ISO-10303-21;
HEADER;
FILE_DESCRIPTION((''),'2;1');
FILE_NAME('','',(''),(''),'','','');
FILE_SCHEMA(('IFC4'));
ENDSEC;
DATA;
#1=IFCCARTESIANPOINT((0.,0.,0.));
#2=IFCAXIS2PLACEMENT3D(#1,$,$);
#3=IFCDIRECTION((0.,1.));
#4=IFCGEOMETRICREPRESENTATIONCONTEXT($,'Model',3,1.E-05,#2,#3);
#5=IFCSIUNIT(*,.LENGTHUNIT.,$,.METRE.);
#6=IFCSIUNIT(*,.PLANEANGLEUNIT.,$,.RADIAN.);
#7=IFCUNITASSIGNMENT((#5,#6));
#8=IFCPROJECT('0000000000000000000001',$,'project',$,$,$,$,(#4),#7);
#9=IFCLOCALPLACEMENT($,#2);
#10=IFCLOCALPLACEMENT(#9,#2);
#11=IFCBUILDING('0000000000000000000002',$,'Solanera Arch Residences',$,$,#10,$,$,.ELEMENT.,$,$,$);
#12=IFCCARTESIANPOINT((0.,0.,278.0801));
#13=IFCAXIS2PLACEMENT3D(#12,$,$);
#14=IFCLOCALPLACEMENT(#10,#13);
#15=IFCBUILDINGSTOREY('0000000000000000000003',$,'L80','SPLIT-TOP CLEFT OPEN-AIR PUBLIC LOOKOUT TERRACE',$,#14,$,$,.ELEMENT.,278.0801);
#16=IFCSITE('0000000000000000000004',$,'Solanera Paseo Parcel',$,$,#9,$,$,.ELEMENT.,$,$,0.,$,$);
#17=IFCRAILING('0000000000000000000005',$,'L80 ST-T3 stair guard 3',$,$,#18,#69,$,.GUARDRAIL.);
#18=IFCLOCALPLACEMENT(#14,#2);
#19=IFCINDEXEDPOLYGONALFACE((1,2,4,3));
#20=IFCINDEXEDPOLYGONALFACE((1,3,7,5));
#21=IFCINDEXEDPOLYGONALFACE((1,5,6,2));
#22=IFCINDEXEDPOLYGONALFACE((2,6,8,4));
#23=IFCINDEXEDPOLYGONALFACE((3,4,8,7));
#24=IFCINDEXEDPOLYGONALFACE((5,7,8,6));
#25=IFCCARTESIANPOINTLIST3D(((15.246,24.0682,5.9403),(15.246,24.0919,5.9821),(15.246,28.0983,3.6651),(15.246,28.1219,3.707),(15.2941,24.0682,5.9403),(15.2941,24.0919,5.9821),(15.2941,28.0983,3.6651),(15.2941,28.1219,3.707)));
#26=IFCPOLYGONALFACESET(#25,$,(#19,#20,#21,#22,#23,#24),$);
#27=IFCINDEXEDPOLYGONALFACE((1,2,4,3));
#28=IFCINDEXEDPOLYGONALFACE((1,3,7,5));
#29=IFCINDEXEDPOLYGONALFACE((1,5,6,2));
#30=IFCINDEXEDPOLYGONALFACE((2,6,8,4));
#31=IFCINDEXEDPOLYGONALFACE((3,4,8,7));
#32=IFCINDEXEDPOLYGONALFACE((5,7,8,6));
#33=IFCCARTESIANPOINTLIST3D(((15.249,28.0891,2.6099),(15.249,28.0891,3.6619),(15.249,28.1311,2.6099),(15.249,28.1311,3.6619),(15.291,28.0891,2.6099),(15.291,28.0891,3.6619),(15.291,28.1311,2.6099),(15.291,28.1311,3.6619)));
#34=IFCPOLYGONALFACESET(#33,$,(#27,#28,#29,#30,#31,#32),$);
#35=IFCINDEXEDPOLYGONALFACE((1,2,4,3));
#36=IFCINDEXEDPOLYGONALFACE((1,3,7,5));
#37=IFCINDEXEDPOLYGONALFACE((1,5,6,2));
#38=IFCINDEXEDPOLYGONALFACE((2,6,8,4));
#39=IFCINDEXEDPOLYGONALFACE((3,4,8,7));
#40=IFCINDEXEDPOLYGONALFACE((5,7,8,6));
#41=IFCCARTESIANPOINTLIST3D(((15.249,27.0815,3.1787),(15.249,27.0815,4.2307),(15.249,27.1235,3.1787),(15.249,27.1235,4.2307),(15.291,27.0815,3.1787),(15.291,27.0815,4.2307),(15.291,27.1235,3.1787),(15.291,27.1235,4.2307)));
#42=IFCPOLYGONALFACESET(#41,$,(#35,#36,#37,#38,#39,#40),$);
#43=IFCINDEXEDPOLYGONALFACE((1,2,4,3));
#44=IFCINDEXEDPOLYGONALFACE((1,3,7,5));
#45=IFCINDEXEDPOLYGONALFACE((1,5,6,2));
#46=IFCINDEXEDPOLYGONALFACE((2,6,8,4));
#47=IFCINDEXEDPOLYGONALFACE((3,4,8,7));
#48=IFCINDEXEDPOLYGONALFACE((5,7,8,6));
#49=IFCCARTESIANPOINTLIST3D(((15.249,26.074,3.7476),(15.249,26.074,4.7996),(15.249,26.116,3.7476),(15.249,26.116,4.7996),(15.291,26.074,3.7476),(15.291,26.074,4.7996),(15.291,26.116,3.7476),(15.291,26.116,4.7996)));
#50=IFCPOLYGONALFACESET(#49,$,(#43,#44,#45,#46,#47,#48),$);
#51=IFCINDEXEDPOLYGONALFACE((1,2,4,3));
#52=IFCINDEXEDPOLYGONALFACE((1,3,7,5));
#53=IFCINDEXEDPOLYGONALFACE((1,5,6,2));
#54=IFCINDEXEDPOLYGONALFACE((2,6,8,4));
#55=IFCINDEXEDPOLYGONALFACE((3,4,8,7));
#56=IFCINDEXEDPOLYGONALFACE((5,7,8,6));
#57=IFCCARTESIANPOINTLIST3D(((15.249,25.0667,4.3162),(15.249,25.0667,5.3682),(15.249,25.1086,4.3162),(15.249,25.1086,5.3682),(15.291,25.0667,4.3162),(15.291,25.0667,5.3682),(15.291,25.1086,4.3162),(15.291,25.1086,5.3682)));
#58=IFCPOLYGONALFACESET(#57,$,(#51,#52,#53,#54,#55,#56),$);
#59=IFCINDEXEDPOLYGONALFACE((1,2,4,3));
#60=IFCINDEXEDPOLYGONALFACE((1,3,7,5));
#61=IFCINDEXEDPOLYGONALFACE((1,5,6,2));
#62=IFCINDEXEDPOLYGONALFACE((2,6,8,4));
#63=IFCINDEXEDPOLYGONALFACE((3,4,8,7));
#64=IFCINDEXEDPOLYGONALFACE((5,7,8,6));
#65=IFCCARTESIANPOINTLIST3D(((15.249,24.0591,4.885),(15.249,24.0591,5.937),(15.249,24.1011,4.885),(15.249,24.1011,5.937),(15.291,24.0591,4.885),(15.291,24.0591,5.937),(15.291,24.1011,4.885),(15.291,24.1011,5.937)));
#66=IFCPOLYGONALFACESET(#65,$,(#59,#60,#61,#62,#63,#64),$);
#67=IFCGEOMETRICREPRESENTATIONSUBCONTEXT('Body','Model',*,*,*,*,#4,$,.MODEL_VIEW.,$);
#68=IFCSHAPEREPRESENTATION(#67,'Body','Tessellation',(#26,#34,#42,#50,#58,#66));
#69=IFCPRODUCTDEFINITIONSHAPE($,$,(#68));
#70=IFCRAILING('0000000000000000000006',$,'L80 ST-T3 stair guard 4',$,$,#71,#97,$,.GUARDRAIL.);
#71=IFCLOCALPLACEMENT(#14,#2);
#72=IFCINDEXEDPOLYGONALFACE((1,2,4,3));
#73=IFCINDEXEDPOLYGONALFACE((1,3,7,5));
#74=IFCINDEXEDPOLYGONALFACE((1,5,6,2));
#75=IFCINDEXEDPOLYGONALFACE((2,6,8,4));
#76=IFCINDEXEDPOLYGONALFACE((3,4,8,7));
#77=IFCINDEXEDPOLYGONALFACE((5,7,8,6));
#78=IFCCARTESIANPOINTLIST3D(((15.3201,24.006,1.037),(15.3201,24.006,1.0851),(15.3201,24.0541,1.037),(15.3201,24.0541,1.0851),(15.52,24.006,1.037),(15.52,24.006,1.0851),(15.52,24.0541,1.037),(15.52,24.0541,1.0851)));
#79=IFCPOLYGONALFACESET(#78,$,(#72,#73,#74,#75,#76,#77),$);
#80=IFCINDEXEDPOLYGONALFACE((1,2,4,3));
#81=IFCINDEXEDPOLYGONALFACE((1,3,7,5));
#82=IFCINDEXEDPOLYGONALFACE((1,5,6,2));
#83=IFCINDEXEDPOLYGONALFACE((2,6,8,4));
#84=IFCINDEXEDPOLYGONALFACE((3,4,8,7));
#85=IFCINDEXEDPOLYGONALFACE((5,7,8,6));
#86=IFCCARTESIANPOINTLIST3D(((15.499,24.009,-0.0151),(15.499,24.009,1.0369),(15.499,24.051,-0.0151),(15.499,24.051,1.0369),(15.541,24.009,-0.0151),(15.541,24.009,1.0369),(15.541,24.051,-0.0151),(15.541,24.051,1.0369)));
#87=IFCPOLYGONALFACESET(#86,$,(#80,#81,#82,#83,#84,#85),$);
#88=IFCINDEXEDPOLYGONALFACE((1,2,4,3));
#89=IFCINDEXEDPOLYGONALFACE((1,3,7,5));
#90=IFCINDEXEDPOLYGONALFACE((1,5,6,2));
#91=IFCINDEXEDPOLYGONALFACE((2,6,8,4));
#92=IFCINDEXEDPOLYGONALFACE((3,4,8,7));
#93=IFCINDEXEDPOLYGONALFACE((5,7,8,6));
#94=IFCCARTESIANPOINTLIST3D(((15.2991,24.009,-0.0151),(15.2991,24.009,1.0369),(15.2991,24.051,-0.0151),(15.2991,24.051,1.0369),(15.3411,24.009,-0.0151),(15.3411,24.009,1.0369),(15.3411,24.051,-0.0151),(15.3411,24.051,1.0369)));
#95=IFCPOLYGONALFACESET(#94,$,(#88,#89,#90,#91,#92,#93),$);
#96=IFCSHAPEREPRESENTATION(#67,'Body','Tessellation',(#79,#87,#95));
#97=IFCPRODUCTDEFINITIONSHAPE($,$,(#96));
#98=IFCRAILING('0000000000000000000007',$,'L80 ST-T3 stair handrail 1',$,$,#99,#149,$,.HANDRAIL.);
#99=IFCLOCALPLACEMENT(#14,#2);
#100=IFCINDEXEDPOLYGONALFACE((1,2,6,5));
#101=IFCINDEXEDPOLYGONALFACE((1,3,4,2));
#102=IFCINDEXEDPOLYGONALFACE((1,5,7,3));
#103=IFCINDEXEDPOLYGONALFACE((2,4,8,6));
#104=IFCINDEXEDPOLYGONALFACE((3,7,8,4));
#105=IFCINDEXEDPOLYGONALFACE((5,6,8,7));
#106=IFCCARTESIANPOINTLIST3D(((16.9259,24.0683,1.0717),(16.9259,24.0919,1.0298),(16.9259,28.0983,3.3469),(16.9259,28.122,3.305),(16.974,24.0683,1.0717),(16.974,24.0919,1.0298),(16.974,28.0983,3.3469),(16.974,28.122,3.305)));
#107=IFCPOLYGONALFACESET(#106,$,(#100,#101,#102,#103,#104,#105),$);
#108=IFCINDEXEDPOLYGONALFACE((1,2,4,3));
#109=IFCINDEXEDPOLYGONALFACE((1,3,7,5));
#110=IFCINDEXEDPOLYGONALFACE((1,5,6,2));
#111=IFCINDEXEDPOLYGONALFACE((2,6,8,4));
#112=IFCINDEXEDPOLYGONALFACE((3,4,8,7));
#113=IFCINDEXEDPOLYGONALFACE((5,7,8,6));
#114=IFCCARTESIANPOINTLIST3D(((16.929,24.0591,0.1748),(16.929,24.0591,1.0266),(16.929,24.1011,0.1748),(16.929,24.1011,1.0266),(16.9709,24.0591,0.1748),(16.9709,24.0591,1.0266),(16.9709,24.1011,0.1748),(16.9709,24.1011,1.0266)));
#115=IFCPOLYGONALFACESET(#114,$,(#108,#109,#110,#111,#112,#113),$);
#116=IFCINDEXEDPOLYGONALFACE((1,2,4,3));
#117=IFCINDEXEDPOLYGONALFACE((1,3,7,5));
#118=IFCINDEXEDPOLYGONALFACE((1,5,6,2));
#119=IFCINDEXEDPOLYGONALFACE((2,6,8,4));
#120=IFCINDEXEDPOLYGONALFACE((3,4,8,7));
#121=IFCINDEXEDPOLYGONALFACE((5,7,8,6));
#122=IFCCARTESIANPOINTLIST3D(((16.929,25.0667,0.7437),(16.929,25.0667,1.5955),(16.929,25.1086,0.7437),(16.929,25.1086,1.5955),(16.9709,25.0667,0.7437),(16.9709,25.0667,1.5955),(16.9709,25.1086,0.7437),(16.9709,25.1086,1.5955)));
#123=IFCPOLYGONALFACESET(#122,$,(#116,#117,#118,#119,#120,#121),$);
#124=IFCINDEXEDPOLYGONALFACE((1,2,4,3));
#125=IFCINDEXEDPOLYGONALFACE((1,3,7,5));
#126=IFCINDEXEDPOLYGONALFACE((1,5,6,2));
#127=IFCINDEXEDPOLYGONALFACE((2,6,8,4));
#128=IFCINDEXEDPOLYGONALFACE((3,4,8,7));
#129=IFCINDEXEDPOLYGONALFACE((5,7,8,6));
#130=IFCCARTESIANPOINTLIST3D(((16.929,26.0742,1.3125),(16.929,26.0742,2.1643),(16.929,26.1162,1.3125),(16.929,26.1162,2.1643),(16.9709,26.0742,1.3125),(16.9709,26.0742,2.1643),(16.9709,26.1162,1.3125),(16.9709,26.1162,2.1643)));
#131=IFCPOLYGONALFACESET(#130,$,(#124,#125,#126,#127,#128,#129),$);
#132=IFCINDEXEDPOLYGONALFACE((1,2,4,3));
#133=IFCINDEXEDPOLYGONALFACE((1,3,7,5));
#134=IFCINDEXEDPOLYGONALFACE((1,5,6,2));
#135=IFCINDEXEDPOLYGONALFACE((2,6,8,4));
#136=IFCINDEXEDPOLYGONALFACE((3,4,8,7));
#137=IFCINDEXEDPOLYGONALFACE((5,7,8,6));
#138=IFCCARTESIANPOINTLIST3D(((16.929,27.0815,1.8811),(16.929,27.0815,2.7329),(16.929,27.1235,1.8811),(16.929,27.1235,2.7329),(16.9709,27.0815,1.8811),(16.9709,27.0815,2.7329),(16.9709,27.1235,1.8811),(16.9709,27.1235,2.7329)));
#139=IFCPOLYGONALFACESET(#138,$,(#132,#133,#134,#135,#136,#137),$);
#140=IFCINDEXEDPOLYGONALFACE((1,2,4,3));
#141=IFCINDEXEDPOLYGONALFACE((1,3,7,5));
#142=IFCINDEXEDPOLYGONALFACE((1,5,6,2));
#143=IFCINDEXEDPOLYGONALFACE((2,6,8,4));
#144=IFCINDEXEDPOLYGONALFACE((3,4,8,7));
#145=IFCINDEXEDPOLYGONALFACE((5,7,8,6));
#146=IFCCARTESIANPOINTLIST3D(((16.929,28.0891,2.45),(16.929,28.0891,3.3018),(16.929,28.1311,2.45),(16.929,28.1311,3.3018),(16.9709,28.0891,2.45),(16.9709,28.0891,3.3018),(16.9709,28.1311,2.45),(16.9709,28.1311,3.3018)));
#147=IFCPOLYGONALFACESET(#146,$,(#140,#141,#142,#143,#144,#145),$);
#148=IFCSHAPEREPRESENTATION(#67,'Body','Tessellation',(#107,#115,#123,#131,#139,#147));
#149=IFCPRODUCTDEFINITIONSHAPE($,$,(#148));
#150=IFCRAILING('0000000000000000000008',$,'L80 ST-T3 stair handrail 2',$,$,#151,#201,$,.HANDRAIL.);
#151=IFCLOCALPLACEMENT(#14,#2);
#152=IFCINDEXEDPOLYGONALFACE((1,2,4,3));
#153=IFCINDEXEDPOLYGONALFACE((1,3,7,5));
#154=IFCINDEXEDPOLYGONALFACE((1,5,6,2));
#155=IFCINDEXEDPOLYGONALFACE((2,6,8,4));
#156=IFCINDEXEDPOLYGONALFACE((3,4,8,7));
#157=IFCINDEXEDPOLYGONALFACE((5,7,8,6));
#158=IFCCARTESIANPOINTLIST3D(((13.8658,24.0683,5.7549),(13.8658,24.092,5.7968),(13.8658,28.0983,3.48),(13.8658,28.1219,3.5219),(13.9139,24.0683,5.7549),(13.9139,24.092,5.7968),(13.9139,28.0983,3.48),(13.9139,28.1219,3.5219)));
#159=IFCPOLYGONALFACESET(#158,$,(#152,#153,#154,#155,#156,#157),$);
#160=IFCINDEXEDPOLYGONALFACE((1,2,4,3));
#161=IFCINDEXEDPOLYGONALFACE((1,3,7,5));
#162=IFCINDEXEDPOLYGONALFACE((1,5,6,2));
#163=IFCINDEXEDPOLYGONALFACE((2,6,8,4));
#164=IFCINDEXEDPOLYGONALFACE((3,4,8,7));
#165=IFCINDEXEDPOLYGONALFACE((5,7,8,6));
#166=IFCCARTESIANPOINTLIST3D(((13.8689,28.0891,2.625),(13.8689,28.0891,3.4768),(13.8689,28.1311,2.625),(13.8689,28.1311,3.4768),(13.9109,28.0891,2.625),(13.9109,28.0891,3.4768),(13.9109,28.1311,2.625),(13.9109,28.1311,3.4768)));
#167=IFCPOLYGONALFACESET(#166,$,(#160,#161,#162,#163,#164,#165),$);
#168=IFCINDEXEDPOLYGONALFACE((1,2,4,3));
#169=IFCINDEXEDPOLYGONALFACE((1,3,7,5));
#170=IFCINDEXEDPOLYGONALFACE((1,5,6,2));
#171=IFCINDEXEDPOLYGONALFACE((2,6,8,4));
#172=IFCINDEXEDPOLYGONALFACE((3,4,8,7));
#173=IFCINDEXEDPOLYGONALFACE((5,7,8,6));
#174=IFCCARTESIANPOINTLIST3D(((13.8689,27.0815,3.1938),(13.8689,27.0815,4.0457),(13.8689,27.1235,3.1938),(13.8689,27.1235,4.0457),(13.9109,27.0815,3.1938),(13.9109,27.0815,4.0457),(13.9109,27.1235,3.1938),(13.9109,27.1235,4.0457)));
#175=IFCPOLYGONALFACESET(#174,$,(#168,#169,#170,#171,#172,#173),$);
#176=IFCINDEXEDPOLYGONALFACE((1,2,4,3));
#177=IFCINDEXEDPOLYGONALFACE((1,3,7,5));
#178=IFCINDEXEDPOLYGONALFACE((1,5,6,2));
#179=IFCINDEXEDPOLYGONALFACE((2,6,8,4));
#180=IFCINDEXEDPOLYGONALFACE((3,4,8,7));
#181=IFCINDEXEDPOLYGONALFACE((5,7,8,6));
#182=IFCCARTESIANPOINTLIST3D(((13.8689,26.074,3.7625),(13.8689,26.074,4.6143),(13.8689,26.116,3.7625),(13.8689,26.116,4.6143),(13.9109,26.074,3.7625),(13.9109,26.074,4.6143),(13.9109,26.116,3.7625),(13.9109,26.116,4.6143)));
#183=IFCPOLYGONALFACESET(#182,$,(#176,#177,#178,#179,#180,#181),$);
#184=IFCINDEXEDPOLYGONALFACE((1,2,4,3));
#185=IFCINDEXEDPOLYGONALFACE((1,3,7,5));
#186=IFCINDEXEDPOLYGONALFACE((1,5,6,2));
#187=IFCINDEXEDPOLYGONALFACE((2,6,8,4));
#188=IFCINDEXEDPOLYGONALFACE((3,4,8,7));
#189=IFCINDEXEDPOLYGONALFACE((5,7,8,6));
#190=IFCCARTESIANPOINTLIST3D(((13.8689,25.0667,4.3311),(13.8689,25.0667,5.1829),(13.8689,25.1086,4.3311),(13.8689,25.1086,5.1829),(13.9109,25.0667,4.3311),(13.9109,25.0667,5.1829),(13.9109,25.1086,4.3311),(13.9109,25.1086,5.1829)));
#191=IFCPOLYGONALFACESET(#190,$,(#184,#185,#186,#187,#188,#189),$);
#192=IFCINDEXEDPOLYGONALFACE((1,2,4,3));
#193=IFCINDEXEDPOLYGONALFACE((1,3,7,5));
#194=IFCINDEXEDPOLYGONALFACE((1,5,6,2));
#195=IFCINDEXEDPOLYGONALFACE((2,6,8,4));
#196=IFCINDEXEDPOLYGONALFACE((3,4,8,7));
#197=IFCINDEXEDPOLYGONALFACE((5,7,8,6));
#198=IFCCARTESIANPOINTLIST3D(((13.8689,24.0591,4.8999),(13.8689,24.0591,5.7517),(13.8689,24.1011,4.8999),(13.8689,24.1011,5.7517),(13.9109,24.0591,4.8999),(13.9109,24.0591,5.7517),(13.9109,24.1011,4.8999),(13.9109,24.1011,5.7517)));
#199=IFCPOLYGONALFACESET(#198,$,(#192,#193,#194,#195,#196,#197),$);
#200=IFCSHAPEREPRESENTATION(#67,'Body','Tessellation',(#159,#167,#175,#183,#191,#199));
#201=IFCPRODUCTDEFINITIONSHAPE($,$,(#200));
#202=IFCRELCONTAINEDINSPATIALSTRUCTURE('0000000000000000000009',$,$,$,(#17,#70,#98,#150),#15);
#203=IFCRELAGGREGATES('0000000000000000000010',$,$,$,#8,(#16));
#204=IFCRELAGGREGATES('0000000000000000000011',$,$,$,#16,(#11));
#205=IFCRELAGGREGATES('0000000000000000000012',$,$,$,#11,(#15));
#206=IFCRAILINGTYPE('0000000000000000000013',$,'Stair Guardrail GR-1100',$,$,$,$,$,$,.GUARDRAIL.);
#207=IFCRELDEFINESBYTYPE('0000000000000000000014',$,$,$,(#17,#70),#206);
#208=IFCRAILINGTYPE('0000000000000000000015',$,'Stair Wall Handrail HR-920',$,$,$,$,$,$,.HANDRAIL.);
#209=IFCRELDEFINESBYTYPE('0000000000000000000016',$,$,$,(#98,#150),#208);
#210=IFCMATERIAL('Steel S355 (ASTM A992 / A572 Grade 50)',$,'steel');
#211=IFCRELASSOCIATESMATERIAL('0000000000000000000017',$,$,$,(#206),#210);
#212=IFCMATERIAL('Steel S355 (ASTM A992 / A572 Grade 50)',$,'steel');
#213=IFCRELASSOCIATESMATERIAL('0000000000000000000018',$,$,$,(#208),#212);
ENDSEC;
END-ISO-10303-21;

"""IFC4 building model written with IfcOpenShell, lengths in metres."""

from ifc_helpers import new_model, si_unit, direction, frame, origin, origin_2d, place, context, subcontext, project, spatial, rectangle, extrude, material, type_object, element, save


model = new_model("IFC4")

# Units and contexts
model_context = context("Model", 3, precision=1e-05, world=origin(), true_north=direction((0.0, 1.0)))
body_context = subcontext(model_context, "Body", "Model", "MODEL_VIEW")
ifc_project = project(units=[si_unit("LENGTHUNIT", "METRE"), si_unit("PLANEANGLEUNIT", "RADIAN")], contexts=[model_context])

# Site, building, storey
site_placement = place(None, origin())
site = spatial("IfcSite", under=ifc_project, at=site_placement, Name="Solanera Paseo Parcel", CompositionType="ELEMENT", RefElevation=0.0)
building_placement = place(site_placement, origin())
building = spatial("IfcBuilding", under=site, at=building_placement, Name="Solanera Arch Residences", CompositionType="ELEMENT")
storey_placement = place(building_placement, frame((0.0, 0.0, 278.0801)))
storey = spatial("IfcBuildingStorey", under=building, at=storey_placement, Name="L80", Description="SPLIT-TOP CLEFT OPEN-AIR PUBLIC LOOKOUT TERRACE", CompositionType="ELEMENT", Elevation=278.0801)

# Railings
ifc_material_1 = material(Name="Steel S355 (ASTM A992 / A572 Grade 50)", Category="steel")
railing_type_1 = type_object("IfcRailingType", Name="Stair Guardrail GR-1100", PredefinedType="GUARDRAIL", material=ifc_material_1)
railing_1_placement = place(storey_placement, frame((15.27, 28.1101, 2.6099)))
element("IfcRailing", 1, at=railing_1_placement, inside=storey, type_object=railing_type_1, Name="L80 ST-T3 stair guard 3", PredefinedType="GUARDRAIL", context=body_context, shape_type="SweptSolid", body=[
    extrude(rectangle(XDim=0.0481, YDim=0.0481, at=origin_2d()), frame((0.0, 0.0, 1.0762), z_axis=(0.0, -0.870812, 0.491616), x_axis=(1.0, 0.0, 0.0)), (0.0, 0.0, 1.0), 4.6279),
    extrude(rectangle(XDim=0.042, YDim=0.042, at=origin_2d()), origin(), (0.0, 0.0, 1.0), 1.052),
    extrude(rectangle(XDim=0.042, YDim=0.042, at=origin_2d()), frame((0.0, -1.0076, 0.5688)), (0.0, 0.0, 1.0), 1.052),
    extrude(rectangle(XDim=0.042, YDim=0.042, at=origin_2d()), frame((0.0, -2.0151, 1.1377)), (0.0, 0.0, 1.0), 1.052),
    extrude(rectangle(XDim=0.042, YDim=0.042, at=origin_2d()), frame((0.0, -3.0225, 1.7063)), (0.0, 0.0, 1.0), 1.052),
    extrude(rectangle(XDim=0.042, YDim=0.042, at=origin_2d()), frame((0.0, -4.03, 2.2751)), (0.0, 0.0, 1.0), 1.052),
])
railing_2_placement = place(storey_placement, frame((15.52, 24.03, -0.0151)))
element("IfcRailing", 2, at=railing_2_placement, inside=storey, type_object=railing_type_1, Name="L80 ST-T3 stair guard 4", PredefinedType="GUARDRAIL", context=body_context, shape_type="SweptSolid", body=[
    extrude(rectangle(XDim=0.0481, YDim=0.0481, at=origin_2d()), frame((0.0, 0.0, 1.0762), z_axis=(-1.0, 0.0, 0.0), x_axis=(0.0, -1.0, 0.0)), (0.0, 0.0, 1.0), 0.2),
    extrude(rectangle(XDim=0.042, YDim=0.042, at=origin_2d()), origin(), (0.0, 0.0, 1.0), 1.052),
    extrude(rectangle(XDim=0.042, YDim=0.042, at=origin_2d()), frame((-0.2, 0.0, 0.0)), (0.0, 0.0, 1.0), 1.052),
])
ifc_material_2 = material(Name="Steel S355 (ASTM A992 / A572 Grade 50)", Category="steel")
railing_type_2 = type_object("IfcRailingType", Name="Stair Wall Handrail HR-920", PredefinedType="HANDRAIL", material=ifc_material_2)
railing_3_placement = place(storey_placement, frame((16.95, 24.0801, 0.1748)))
element("IfcRailing", 3, at=railing_3_placement, inside=storey, type_object=railing_type_2, Name="L80 ST-T3 stair handrail 1", PredefinedType="HANDRAIL", context=body_context, shape_type="SweptSolid", body=[
    extrude(rectangle(XDim=0.0481, YDim=0.0481, at=origin_2d()), frame((0.0, 0.0, 0.876), z_axis=(0.0, 0.870812, 0.491616), x_axis=(-1.0, 0.0, 0.0)), (0.0, 0.0, 1.0), 4.6279),
    extrude(rectangle(XDim=0.042, YDim=0.042, at=origin_2d()), origin(), (0.0, 0.0, 1.0), 0.8518),
    extrude(rectangle(XDim=0.042, YDim=0.042, at=origin_2d()), frame((0.0, 1.0076, 0.5688)), (0.0, 0.0, 1.0), 0.8518),
    extrude(rectangle(XDim=0.042, YDim=0.042, at=origin_2d()), frame((0.0, 2.0151, 1.1377)), (0.0, 0.0, 1.0), 0.8518),
    extrude(rectangle(XDim=0.042, YDim=0.042, at=origin_2d()), frame((0.0, 3.0225, 1.7063)), (0.0, 0.0, 1.0), 0.8518),
    extrude(rectangle(XDim=0.042, YDim=0.042, at=origin_2d()), frame((0.0, 4.03, 2.2751)), (0.0, 0.0, 1.0), 0.8518),
])
railing_4_placement = place(storey_placement, frame((13.8899, 28.1101, 2.625)))
element("IfcRailing", 4, at=railing_4_placement, inside=storey, type_object=railing_type_2, Name="L80 ST-T3 stair handrail 2", PredefinedType="HANDRAIL", context=body_context, shape_type="SweptSolid", body=[
    extrude(rectangle(XDim=0.0481, YDim=0.0481, at=origin_2d()), frame((0.0, 0.0, 0.876), z_axis=(0.0, -0.870835, 0.491576), x_axis=(1.0, 0.0, 0.0)), (0.0, 0.0, 1.0), 4.6277),
    extrude(rectangle(XDim=0.042, YDim=0.042, at=origin_2d()), origin(), (0.0, 0.0, 1.0), 0.8518),
    extrude(rectangle(XDim=0.042, YDim=0.042, at=origin_2d()), frame((0.0, -1.0076, 0.5688)), (0.0, 0.0, 1.0), 0.8518),
    extrude(rectangle(XDim=0.042, YDim=0.042, at=origin_2d()), frame((0.0, -2.0151, 1.1375)), (0.0, 0.0, 1.0), 0.8518),
    extrude(rectangle(XDim=0.042, YDim=0.042, at=origin_2d()), frame((0.0, -3.0225, 1.7061)), (0.0, 0.0, 1.0), 0.8518),
    extrude(rectangle(XDim=0.042, YDim=0.042, at=origin_2d()), frame((0.0, -4.03, 2.2749)), (0.0, 0.0, 1.0), 0.8518),
])

save(model, "model.ifc")
